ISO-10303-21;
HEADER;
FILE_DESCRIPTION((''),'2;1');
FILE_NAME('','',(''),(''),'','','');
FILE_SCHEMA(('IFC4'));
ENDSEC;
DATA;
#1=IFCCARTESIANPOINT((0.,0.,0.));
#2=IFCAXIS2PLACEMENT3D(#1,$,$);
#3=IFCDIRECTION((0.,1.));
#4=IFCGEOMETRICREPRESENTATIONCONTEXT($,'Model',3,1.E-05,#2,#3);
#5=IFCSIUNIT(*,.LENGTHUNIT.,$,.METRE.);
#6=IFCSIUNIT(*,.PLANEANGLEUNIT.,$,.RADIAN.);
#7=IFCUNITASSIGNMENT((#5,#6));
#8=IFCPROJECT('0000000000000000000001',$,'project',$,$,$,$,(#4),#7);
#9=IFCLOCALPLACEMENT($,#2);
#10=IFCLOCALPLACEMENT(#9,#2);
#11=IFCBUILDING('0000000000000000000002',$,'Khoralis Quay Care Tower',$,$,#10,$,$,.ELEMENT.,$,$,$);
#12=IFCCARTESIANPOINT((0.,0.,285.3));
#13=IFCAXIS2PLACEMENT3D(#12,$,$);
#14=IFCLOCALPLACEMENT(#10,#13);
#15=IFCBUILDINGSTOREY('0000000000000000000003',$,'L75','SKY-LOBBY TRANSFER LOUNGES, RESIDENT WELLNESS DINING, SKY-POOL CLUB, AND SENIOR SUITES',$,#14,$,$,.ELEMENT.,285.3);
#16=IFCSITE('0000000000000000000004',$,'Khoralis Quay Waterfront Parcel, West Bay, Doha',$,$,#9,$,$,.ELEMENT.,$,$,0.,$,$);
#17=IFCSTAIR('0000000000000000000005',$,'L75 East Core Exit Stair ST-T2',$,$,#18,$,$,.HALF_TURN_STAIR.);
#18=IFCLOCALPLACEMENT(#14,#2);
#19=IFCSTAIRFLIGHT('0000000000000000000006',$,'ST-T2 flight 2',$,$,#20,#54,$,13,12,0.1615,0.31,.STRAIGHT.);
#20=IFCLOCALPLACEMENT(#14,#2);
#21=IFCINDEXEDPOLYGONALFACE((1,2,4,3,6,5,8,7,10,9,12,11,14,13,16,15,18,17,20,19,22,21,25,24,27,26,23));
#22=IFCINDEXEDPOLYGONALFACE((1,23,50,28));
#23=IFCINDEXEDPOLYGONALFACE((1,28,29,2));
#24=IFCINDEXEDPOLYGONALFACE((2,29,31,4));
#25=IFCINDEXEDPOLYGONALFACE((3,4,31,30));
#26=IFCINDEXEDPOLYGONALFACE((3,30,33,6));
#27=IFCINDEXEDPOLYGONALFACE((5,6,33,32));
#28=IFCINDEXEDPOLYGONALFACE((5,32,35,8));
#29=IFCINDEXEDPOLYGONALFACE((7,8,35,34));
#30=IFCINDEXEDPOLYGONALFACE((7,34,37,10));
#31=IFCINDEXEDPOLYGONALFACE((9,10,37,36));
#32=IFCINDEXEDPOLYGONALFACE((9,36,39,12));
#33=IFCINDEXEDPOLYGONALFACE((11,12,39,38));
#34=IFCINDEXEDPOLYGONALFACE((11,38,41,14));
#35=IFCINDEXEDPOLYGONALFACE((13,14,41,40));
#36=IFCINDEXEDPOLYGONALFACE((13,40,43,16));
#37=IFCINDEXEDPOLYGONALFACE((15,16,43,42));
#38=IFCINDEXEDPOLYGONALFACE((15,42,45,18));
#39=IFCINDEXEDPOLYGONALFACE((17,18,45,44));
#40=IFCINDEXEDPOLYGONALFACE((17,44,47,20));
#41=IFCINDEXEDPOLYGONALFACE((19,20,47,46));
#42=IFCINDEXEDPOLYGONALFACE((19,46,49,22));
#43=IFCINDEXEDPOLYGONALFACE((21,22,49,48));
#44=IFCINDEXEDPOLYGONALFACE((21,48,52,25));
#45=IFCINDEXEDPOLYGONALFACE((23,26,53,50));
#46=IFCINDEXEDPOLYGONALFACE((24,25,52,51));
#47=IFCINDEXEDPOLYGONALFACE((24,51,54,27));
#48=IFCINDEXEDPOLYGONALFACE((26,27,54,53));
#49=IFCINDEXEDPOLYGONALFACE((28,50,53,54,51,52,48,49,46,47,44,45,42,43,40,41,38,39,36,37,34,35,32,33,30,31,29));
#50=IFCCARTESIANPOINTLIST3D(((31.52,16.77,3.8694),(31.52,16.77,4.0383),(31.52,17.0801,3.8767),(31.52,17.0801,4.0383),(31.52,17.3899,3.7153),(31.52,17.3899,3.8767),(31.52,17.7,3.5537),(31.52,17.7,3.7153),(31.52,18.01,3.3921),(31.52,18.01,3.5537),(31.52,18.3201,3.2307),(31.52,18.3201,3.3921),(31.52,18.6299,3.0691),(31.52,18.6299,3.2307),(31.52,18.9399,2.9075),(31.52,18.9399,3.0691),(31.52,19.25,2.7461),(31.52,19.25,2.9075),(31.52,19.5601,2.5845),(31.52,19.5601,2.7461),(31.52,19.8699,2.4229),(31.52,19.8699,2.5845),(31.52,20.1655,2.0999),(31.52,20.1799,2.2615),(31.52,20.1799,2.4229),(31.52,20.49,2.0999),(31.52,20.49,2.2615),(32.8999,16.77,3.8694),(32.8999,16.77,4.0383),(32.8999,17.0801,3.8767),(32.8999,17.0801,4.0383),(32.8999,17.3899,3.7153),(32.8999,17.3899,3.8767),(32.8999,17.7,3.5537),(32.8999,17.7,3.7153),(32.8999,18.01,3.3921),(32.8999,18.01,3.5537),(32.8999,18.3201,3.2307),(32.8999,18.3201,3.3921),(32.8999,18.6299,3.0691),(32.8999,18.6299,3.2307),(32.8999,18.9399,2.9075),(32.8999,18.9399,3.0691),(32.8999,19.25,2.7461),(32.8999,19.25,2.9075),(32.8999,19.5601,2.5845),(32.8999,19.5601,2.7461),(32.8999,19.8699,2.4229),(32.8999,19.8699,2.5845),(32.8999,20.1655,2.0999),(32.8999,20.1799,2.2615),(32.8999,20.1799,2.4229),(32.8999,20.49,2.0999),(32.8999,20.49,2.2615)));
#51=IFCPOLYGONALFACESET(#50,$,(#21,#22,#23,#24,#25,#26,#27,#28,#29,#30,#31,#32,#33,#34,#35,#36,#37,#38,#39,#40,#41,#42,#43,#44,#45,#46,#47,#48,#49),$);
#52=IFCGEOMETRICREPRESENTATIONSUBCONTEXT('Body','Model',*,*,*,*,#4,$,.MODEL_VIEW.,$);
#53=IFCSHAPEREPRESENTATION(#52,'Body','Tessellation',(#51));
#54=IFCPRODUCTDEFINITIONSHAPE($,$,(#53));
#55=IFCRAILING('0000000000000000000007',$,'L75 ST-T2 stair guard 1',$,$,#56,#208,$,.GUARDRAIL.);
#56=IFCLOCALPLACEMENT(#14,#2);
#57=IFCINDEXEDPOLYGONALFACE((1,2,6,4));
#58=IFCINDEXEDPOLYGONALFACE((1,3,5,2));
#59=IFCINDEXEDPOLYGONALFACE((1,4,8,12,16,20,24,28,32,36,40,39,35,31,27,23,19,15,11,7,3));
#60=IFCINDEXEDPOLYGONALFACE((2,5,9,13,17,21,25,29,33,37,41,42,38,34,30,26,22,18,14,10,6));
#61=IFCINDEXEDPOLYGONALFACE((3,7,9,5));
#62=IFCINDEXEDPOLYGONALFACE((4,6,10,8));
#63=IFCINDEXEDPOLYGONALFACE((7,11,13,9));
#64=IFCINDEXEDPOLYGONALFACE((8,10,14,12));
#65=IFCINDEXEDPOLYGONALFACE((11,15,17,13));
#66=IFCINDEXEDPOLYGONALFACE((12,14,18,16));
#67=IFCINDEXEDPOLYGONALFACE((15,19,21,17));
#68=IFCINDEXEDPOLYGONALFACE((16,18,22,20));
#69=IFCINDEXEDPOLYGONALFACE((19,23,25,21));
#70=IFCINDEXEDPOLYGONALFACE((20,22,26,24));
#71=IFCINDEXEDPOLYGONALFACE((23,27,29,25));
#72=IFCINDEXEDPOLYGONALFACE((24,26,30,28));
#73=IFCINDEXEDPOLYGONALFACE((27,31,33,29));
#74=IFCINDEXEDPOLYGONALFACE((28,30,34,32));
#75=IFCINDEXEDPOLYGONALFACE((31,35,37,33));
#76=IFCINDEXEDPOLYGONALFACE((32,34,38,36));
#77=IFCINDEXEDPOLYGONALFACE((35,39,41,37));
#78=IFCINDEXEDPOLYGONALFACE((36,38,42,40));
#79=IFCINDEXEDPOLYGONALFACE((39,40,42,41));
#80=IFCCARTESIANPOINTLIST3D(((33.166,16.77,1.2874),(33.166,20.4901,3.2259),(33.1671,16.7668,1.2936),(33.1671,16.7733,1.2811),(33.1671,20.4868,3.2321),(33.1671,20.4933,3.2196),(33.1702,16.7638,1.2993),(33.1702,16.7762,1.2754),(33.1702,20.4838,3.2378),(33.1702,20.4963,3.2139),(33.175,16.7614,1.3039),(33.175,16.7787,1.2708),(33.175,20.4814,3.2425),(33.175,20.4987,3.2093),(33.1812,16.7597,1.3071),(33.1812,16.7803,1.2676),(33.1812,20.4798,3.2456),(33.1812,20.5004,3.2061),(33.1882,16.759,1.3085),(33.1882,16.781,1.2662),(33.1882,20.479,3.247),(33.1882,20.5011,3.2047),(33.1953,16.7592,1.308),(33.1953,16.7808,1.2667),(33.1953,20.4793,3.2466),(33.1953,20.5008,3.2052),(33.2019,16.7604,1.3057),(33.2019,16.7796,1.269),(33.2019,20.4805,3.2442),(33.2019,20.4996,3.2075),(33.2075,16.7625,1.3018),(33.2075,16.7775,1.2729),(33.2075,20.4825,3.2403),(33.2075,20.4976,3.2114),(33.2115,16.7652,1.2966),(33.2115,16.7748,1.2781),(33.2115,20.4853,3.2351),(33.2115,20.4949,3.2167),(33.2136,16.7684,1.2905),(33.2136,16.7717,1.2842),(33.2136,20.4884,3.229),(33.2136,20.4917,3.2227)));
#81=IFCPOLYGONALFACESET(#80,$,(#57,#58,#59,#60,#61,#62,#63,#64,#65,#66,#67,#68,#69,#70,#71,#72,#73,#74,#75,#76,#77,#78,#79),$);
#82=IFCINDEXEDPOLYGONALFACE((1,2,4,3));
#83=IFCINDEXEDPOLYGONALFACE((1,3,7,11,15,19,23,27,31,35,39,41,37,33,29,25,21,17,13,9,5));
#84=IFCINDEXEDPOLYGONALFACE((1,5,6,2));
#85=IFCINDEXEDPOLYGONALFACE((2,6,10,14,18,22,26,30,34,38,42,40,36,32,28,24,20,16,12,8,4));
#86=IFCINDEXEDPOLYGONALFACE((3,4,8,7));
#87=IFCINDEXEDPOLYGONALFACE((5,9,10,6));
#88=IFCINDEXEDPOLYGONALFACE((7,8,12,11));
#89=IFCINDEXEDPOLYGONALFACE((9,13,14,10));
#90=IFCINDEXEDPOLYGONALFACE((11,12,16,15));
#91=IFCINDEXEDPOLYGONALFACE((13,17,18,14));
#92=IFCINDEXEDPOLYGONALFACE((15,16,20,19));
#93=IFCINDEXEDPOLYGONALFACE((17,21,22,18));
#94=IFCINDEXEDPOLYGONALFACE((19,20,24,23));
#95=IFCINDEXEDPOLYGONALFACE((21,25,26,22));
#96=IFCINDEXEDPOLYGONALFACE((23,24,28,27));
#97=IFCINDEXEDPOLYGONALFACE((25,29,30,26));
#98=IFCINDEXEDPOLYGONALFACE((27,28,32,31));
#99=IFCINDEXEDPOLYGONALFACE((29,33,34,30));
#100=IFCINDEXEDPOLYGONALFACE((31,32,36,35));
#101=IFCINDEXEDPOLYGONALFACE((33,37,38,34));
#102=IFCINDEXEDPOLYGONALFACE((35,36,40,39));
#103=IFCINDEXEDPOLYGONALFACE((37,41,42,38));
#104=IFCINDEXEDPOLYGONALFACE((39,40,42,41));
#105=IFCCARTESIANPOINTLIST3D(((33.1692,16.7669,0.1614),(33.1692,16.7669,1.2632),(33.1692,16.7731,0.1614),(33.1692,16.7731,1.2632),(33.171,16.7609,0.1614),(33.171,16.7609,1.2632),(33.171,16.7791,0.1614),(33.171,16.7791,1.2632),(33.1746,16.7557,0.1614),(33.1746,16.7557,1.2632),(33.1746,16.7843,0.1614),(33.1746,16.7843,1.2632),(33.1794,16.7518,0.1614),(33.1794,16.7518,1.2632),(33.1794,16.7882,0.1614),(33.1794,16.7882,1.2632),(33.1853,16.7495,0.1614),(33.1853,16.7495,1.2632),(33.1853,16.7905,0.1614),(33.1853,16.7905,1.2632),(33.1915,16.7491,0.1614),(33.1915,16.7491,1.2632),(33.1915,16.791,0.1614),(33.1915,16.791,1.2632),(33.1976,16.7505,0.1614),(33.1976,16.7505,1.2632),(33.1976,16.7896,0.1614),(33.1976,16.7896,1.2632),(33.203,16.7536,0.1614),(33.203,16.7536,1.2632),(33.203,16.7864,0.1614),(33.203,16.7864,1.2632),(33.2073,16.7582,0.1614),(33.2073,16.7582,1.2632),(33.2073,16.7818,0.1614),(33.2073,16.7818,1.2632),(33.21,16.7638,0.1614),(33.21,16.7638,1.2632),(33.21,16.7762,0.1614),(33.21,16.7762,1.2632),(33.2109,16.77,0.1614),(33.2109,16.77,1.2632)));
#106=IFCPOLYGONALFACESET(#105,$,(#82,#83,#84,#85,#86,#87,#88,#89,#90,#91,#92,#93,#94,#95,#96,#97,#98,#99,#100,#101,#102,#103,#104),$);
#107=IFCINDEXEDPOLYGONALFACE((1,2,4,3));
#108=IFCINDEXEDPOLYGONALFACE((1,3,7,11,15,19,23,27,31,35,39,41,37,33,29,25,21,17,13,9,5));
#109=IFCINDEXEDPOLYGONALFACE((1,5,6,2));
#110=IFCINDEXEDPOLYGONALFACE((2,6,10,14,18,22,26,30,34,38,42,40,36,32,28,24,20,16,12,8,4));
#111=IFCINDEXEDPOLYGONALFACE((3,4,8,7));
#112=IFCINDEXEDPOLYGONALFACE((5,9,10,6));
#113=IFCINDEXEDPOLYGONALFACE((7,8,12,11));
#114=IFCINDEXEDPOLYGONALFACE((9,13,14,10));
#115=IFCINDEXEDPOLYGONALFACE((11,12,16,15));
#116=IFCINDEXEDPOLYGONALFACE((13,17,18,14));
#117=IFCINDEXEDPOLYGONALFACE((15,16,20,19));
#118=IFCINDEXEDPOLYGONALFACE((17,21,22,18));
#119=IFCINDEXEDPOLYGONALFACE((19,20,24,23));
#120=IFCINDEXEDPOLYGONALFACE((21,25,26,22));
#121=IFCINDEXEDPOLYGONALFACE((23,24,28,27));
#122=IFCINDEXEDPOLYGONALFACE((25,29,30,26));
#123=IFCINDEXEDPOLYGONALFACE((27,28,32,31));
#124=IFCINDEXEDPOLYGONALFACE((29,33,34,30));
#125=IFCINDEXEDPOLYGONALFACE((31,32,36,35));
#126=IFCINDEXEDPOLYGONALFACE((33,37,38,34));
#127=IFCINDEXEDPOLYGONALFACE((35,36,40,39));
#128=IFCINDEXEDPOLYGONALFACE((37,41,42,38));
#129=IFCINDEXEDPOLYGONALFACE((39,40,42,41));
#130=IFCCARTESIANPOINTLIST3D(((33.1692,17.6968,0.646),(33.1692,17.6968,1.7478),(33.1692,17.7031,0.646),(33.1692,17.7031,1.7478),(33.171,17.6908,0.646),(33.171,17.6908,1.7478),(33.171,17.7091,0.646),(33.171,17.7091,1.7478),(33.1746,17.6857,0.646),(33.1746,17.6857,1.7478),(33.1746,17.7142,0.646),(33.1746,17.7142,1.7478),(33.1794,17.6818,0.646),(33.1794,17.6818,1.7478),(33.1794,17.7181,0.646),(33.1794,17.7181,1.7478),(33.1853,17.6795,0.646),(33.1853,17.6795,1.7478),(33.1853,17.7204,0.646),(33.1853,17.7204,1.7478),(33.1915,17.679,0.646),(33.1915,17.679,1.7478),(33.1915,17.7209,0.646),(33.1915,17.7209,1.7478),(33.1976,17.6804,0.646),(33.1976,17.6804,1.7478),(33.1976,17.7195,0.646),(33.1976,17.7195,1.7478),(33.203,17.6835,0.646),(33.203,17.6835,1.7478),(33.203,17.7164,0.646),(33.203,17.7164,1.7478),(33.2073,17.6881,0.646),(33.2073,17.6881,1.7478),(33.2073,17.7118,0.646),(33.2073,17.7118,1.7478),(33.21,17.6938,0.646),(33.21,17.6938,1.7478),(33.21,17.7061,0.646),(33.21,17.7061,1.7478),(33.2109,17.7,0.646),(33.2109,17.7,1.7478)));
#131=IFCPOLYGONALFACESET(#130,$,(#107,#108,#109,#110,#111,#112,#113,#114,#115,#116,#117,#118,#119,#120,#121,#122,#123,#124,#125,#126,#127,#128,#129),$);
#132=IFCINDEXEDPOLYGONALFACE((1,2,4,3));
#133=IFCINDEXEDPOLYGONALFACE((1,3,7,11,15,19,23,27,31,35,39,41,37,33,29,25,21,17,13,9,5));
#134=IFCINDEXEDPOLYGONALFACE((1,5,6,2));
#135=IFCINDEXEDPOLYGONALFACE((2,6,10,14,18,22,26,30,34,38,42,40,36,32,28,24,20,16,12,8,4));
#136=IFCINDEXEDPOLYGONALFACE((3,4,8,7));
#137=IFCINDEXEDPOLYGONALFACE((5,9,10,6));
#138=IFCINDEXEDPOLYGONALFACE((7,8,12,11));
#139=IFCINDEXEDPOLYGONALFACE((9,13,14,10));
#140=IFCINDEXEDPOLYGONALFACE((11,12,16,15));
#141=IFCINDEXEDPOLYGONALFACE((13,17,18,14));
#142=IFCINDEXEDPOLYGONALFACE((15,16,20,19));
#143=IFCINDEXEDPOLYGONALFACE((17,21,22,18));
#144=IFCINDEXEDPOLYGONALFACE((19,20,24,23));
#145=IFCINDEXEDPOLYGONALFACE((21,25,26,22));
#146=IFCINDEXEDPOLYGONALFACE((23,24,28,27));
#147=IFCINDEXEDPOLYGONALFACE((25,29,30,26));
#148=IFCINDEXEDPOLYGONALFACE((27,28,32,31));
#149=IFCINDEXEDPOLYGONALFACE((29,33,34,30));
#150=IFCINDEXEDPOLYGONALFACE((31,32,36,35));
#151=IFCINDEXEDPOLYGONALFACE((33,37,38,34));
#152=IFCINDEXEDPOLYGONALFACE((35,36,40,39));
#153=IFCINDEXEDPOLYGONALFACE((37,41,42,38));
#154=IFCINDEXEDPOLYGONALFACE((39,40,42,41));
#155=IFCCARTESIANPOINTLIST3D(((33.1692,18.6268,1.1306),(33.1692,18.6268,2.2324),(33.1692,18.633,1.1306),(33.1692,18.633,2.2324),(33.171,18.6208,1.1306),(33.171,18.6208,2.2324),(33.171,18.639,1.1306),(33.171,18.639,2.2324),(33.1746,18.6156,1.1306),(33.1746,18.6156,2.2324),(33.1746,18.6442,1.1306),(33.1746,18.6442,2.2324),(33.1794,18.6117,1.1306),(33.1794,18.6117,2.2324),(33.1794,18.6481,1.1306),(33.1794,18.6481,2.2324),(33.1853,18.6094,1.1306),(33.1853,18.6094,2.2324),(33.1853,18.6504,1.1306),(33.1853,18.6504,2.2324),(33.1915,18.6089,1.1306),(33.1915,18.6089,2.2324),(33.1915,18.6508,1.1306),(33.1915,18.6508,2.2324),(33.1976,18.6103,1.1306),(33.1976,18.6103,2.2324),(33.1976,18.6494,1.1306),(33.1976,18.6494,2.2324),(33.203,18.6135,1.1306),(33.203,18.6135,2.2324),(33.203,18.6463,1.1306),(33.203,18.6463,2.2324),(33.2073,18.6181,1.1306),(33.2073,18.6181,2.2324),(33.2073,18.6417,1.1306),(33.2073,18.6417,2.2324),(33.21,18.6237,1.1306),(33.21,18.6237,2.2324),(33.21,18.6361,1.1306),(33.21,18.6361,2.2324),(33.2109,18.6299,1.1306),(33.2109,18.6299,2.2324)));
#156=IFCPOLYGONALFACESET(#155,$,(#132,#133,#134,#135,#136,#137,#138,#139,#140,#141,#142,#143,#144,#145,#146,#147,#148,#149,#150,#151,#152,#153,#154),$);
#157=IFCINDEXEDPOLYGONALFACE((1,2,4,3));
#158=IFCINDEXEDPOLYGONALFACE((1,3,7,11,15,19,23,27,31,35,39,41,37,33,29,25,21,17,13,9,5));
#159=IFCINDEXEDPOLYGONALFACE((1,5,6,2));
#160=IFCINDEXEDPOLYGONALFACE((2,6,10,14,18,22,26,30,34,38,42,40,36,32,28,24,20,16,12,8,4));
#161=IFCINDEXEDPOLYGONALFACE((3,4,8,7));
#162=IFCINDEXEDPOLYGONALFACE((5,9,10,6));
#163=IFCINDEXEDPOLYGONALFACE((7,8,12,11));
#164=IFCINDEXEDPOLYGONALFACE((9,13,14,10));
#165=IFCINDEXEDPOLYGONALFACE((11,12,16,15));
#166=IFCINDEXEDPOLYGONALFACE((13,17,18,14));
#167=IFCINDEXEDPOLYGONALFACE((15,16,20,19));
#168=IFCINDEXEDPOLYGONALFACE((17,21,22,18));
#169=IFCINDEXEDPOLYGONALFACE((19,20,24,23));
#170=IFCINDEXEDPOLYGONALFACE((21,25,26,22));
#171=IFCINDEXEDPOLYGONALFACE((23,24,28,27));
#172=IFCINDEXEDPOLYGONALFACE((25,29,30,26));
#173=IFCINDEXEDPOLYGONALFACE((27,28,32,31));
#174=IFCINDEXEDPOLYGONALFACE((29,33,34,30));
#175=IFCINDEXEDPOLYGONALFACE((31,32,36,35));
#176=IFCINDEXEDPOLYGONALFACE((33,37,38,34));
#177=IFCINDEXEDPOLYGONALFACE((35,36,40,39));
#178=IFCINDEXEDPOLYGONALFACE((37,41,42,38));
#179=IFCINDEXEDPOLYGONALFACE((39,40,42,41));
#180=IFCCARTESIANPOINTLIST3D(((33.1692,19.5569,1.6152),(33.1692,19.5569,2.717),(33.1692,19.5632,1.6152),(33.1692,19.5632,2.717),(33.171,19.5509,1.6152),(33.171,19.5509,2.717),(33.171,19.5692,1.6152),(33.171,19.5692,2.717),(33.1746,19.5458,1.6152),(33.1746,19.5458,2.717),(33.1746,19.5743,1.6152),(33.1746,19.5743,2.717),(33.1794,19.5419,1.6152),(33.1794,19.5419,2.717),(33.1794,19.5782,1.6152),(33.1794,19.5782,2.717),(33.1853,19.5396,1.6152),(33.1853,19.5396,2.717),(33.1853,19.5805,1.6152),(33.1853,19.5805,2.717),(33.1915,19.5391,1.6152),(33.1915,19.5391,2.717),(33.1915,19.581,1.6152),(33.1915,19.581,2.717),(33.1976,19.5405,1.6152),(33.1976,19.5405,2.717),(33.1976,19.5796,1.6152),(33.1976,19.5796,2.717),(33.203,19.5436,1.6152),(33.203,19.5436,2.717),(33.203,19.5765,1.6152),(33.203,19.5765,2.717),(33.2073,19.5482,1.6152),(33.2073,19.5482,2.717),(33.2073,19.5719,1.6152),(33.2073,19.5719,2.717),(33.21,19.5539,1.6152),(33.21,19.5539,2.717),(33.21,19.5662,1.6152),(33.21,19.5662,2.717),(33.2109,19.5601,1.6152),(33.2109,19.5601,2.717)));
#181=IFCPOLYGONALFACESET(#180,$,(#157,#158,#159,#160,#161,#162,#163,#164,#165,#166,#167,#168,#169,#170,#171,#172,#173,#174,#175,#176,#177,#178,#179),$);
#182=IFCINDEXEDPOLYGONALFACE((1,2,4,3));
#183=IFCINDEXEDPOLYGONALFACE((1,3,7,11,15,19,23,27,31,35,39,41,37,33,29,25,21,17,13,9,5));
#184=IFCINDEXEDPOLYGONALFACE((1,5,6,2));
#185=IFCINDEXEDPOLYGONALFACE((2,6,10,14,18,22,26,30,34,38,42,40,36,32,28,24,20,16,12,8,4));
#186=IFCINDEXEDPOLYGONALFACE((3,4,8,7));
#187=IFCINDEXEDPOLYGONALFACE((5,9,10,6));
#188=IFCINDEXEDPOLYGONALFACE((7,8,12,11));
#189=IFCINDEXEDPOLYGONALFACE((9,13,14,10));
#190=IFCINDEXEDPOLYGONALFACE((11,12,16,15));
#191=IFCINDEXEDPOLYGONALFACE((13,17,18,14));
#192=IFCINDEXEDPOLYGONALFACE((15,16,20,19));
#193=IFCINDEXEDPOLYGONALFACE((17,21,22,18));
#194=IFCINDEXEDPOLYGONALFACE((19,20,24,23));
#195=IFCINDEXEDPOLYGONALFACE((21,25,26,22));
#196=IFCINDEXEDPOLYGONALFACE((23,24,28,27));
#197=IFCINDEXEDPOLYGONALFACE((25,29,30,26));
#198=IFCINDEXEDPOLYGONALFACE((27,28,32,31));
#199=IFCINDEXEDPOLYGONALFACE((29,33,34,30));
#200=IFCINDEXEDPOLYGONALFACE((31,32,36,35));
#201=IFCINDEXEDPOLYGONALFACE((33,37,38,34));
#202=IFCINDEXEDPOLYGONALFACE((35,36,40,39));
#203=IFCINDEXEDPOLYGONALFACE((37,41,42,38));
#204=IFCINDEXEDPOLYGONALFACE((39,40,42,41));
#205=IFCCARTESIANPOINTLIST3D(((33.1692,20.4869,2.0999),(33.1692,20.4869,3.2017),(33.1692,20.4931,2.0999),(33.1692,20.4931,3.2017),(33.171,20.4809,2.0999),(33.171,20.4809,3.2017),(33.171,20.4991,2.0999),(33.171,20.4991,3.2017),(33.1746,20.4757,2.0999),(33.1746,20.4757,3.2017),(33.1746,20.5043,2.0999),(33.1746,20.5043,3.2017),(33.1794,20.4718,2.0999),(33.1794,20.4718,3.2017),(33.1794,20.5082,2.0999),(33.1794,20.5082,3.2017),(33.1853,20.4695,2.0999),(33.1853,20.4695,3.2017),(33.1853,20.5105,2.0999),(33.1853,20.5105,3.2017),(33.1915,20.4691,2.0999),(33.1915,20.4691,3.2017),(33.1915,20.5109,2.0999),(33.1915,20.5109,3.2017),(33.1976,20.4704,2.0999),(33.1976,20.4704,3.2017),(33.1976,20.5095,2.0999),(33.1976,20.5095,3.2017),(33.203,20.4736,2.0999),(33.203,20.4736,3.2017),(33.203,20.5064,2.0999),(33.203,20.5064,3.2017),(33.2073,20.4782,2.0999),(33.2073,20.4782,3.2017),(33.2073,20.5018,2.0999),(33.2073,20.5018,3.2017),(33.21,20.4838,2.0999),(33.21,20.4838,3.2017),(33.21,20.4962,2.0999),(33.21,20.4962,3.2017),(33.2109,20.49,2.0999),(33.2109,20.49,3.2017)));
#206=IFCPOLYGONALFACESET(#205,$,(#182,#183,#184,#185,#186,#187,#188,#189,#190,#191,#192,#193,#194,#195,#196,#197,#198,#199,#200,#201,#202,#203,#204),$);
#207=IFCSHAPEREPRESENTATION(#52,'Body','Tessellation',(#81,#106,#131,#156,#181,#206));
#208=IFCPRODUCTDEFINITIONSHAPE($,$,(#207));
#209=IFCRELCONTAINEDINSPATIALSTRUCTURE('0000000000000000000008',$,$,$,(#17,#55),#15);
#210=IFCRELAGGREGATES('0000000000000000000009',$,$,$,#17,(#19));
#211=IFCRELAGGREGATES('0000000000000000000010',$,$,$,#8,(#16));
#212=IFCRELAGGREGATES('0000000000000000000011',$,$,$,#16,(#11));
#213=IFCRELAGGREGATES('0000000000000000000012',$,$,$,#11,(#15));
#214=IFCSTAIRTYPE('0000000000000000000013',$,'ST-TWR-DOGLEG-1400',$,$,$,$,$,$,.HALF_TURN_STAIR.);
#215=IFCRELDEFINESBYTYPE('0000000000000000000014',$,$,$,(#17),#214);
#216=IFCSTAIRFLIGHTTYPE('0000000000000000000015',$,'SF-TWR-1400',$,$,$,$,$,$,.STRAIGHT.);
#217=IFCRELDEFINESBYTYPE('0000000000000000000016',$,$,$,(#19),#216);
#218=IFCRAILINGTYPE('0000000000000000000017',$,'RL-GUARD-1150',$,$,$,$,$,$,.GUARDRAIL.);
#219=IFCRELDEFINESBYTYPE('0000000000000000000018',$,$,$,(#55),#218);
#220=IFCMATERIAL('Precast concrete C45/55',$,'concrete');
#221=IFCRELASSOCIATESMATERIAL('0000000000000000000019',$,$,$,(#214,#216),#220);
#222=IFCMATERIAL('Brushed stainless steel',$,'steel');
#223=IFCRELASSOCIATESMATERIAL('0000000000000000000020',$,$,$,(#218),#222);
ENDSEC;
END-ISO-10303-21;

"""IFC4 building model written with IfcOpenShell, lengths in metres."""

from ifc_helpers import new_model, si_unit, direction, frame, origin, origin_2d, place, context, subcontext, project, spatial, polyline, circle, outline, extrude, source, transform, mapped, material, type_object, element, aggregate, save


model = new_model("IFC4")

# Units and contexts
model_context = context("Model", 3, precision=1e-05, world=origin(), true_north=direction((0.0, 1.0)))
body_context = subcontext(model_context, "Body", "Model", "MODEL_VIEW")
ifc_project = project(units=[si_unit("LENGTHUNIT", "METRE"), si_unit("PLANEANGLEUNIT", "RADIAN")], contexts=[model_context])

# Site, building, storey
site_placement = place(None, origin())
site = spatial("IfcSite", under=ifc_project, at=site_placement, Name="Khoralis Quay Waterfront Parcel, West Bay, Doha", CompositionType="ELEMENT", RefElevation=0.0)
building_placement = place(site_placement, origin())
building = spatial("IfcBuilding", under=site, at=building_placement, Name="Khoralis Quay Care Tower", CompositionType="ELEMENT")
storey_placement = place(building_placement, frame((0.0, 0.0, 285.3)))
storey = spatial("IfcBuildingStorey", under=building, at=storey_placement, Name="L75", Description="SKY-LOBBY TRANSFER LOUNGES, RESIDENT WELLNESS DINING, SKY-POOL CLUB, AND SENIOR SUITES", CompositionType="ELEMENT", Elevation=285.3)

# Shared definitions
ifc_material_1 = material(Name="Brushed stainless steel", Category="steel")

# Stair, stair flight
ifc_material_2 = material(Name="Precast concrete C45/55", Category="concrete")
stair_type = type_object("IfcStairType", Name="ST-TWR-DOGLEG-1400", PredefinedType="HALF_TURN_STAIR", material=ifc_material_2)
stair_placement = place(storey_placement, origin())
stair = element("IfcStair", 1, at=stair_placement, inside=storey, type_object=stair_type, Name="L75 East Core Exit Stair ST-T2", PredefinedType="HALF_TURN_STAIR")
stair_flight_type = type_object("IfcStairFlightType", Name="SF-TWR-1400", PredefinedType="STRAIGHT", material=ifc_material_2)
shared_shape_1 = source(origin(), body_context, "Body", "SweptSolid", [
    extrude(outline(polyline([(0.0, 0.0), (0.0, 0.1616), (0.3101, 0.1616), (0.3101, 0.323), (0.6201, 0.323), (0.6201, 0.4846), (0.9299, 0.4846), (0.9299, 0.6462), (1.24, 0.6462), (1.24, 0.8076), (1.55, 0.8076), (1.55, 0.9692), (1.8601, 0.9692), (1.8601, 1.1309), (2.1699, 1.1309), (2.1699, 1.2922), (2.48, 1.2922), (2.48, 1.4539), (2.79, 1.4539), (2.79, 1.6155), (3.1001, 1.6155), (3.1001, 1.7769), (3.4099, 1.7769), (3.4099, 1.9385), (3.72, 1.9385), (3.72, 2.1001), (3.72, 1.7695), (0.3245, 0.0), (0.0, 0.0)])), frame((0.0, 0.6899, 0.0), z_axis=(0.0, -1.0, 0.0), x_axis=(1.0, 0.0, 0.0)), (0.0, 0.0, 1.0), 1.3799),
])
stair_flight_1_placement = place(storey_placement, frame((32.21, 20.49, 2.0999), z_axis=(0.0, 0.0, 1.0), x_axis=(0.0, -1.0, 0.0)))
stair_flight_1 = element("IfcStairFlight", 2, at=stair_flight_1_placement, type_object=stair_flight_type, Name="ST-T2 flight 2", NumberOfRisers=13, NumberOfTreads=12, PredefinedType="STRAIGHT", RiserHeight=0.1615, TreadLength=0.31, context=body_context, shape_type="MappedRepresentation", body=[
    mapped(shared_shape_1, transform((0.0, 0.0, 0.0), scale=1.0)),
])
aggregate(stair, [stair_flight_1])

# Railing
railing_type_1 = type_object("IfcRailingType", Name="RL-GUARD-1150", PredefinedType="GUARDRAIL", material=ifc_material_1)
railing_1_placement = place(storey_placement, frame((33.1899, 16.77, 0.1614)))
element("IfcRailing", 3, at=railing_1_placement, inside=storey, type_object=railing_type_1, Name="L75 ST-T2 stair guard 1", PredefinedType="GUARDRAIL", context=body_context, shape_type="SweptSolid", body=[
    extrude(circle(Radius=0.0239, at=origin_2d()), frame((0.0, 0.0, 1.126), z_axis=(0.0, 0.886817, 0.46212), x_axis=(-1.0, 0.0, 0.0)), (0.0, 0.0, 1.0), 4.1948),
    extrude(circle(Radius=0.021, at=origin_2d()), origin(), (0.0, 0.0, 1.0), 1.1018),
    extrude(circle(Radius=0.021, at=origin_2d()), frame((0.0, 0.9299, 0.4846)), (0.0, 0.0, 1.0), 1.1018),
    extrude(circle(Radius=0.021, at=origin_2d()), frame((0.0, 1.8599, 0.9692)), (0.0, 0.0, 1.0), 1.1018),
    extrude(circle(Radius=0.021, at=origin_2d()), frame((0.0, 2.79, 1.4539)), (0.0, 0.0, 1.0), 1.1018),
    extrude(circle(Radius=0.021, at=origin_2d()), frame((0.0, 3.72, 1.9385)), (0.0, 0.0, 1.0), 1.1018),
])

save(model, "model.ifc")
